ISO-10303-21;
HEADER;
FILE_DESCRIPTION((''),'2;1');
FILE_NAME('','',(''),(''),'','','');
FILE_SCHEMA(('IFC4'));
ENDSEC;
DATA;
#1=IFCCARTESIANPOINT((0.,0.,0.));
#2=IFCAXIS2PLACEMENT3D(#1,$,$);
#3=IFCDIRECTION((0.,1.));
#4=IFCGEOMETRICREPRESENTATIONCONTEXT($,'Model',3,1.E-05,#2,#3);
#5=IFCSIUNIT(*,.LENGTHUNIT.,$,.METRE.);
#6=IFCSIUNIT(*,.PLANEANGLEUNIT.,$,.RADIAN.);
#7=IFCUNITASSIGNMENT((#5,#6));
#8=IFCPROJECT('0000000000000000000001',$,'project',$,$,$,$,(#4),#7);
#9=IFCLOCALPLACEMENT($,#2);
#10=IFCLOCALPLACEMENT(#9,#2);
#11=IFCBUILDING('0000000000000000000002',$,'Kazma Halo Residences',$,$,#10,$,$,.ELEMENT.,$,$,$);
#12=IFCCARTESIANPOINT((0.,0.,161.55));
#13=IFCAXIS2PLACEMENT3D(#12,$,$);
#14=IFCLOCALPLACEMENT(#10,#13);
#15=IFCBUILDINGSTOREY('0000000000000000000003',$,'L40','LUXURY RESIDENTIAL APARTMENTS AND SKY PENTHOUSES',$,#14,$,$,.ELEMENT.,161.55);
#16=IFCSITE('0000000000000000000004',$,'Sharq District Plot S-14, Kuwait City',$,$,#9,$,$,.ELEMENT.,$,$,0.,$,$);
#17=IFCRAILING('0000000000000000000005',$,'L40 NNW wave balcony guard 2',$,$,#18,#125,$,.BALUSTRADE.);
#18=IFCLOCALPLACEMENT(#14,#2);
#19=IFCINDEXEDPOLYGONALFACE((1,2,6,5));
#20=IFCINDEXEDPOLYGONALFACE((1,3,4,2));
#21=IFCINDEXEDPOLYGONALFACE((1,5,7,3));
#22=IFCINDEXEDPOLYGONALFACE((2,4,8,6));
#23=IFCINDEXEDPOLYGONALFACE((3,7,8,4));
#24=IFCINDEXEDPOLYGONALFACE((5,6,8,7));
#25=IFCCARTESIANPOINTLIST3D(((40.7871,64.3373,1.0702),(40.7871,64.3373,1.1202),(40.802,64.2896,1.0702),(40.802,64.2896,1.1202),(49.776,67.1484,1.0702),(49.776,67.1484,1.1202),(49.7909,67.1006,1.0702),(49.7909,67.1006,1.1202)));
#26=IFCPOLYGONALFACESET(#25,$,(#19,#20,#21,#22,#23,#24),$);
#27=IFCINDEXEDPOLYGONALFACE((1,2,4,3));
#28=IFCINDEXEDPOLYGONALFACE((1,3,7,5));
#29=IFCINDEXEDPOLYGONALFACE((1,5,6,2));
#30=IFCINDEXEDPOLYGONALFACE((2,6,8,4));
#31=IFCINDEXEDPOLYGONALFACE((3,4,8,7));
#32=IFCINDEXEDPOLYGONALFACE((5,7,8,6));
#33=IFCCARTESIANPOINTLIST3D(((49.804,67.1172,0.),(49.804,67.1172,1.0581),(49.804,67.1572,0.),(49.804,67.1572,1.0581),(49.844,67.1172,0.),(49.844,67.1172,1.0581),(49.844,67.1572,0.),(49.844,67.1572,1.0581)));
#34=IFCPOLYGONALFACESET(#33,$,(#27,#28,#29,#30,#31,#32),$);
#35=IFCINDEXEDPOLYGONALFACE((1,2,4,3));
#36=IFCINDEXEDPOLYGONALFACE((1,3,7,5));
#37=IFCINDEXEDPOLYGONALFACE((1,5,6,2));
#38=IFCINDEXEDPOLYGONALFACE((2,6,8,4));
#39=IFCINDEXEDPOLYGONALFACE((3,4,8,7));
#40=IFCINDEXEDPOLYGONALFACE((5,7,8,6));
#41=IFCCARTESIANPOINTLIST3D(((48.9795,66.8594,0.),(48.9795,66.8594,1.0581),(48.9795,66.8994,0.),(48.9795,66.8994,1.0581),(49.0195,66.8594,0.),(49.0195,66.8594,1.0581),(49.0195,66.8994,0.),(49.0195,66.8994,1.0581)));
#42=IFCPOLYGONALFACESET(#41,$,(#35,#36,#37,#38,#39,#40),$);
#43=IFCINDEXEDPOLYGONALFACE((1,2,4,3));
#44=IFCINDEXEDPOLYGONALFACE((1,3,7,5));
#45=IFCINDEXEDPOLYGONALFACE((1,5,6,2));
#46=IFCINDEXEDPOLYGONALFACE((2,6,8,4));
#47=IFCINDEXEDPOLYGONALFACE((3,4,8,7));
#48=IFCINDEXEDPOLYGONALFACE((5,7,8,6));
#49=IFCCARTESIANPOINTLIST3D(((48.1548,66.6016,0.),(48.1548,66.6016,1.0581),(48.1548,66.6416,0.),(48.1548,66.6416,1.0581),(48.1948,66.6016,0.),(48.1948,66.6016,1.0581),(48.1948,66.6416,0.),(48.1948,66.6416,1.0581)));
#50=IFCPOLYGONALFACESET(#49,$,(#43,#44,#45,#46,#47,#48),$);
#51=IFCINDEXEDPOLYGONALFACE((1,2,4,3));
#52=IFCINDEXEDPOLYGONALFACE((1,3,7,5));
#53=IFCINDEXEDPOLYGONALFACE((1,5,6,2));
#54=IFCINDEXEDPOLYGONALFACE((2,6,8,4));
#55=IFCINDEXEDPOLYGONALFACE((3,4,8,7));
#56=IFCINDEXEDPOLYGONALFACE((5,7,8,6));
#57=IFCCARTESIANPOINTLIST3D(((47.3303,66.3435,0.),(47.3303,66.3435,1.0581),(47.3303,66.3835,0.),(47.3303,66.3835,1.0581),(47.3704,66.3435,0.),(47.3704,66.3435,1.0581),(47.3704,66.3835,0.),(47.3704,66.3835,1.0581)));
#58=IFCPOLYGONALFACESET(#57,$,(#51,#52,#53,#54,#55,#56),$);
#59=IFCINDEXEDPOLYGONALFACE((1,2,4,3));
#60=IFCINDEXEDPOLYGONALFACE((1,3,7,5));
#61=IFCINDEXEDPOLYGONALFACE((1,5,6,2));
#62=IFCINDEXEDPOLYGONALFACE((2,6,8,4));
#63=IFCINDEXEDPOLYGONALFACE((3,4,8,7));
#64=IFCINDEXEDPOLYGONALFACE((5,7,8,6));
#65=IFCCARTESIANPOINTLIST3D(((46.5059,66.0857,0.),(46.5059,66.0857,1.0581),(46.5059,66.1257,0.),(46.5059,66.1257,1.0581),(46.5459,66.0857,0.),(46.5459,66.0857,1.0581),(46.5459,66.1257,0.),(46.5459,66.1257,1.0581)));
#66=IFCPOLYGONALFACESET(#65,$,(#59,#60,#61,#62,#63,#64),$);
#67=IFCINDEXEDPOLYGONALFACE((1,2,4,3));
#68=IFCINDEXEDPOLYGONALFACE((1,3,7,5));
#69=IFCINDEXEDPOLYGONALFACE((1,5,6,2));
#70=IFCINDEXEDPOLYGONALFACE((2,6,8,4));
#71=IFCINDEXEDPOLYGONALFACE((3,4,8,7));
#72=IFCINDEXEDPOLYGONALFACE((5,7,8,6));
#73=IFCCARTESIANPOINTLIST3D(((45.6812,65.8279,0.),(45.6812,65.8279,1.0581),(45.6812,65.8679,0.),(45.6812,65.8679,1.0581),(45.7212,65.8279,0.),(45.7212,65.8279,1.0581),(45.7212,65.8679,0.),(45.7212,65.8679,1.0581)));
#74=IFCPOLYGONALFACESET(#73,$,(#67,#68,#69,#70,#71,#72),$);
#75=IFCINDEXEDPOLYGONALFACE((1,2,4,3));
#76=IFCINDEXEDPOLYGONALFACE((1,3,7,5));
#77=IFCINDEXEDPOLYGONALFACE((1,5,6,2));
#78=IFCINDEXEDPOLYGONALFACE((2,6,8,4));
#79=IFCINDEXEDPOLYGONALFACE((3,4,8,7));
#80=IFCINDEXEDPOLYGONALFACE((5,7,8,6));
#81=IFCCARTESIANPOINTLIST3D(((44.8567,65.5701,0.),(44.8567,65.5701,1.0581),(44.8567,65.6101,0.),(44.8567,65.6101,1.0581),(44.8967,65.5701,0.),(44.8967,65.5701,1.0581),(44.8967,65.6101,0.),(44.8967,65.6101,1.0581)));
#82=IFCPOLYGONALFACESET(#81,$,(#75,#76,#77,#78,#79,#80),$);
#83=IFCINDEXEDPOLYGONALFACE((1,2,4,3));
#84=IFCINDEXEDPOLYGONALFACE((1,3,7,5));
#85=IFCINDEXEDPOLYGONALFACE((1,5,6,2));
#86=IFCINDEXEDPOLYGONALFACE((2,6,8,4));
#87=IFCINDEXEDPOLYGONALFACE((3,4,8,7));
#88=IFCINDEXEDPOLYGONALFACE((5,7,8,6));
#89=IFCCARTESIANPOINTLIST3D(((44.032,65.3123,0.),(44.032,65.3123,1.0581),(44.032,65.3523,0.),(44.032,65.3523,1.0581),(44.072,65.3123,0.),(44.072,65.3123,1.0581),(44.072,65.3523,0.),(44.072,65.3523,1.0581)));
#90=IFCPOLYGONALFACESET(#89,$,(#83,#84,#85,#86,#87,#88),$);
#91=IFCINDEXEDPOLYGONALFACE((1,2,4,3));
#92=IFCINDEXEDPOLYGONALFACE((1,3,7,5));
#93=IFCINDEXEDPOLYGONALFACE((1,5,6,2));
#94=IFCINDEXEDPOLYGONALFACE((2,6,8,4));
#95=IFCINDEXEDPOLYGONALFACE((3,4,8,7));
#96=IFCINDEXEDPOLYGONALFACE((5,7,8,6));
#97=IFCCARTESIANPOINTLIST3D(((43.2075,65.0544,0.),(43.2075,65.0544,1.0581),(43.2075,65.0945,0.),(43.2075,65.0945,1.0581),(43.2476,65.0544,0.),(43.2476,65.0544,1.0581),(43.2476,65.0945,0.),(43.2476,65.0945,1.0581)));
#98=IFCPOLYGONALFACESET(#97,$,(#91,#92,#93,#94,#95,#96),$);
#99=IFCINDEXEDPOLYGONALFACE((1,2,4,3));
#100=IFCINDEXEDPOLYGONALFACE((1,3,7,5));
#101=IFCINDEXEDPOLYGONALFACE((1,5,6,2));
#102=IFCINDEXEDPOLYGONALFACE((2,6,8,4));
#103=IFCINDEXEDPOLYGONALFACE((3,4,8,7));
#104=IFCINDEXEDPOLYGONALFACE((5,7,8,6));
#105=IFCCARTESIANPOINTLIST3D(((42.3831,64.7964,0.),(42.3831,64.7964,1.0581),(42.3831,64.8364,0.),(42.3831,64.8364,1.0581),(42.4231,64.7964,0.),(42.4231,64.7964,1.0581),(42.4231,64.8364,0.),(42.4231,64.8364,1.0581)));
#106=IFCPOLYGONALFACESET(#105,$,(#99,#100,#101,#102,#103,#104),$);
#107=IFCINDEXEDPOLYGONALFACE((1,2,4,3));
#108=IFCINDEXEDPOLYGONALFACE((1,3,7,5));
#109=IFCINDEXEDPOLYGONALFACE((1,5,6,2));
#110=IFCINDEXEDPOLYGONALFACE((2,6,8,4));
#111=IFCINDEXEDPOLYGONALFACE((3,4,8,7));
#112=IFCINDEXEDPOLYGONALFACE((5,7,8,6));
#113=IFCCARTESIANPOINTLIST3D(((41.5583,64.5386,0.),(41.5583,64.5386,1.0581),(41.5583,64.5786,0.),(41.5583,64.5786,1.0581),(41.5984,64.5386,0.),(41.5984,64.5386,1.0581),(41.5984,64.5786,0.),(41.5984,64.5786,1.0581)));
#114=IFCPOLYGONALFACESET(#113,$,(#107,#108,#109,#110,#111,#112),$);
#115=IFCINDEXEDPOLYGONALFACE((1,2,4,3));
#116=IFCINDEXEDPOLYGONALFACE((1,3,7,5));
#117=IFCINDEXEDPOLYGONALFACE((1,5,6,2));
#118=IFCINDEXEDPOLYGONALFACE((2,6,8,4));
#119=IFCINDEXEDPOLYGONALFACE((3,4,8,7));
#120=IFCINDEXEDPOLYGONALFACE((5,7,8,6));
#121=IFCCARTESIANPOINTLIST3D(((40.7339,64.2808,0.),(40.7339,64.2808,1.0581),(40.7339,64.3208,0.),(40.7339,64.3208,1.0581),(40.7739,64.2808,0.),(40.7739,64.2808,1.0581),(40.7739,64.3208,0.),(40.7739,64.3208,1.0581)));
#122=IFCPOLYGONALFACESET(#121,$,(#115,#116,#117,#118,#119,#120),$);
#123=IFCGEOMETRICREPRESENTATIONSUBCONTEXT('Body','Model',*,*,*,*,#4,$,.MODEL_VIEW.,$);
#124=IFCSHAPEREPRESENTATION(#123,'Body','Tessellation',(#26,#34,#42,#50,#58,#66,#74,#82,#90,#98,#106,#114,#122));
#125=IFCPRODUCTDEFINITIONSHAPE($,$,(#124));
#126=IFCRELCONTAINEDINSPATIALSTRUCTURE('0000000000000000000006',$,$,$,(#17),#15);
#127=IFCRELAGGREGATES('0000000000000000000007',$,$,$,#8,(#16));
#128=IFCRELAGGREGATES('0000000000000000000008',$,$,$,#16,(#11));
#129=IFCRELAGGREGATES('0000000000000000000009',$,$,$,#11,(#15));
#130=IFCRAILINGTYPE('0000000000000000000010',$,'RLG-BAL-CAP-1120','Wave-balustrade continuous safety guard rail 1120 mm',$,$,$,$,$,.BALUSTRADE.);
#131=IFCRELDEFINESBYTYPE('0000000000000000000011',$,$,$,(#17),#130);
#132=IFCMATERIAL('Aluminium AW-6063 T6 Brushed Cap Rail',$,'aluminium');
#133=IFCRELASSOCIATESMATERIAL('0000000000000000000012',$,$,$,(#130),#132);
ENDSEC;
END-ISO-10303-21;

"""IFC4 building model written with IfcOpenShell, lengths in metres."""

from ifc_helpers import new_model, si_unit, direction, frame, origin, origin_2d, place, context, subcontext, project, spatial, rectangle, extrude, material, type_object, element, save


model = new_model("IFC4")

# Units and contexts
model_context = context("Model", 3, precision=1e-05, world=origin(), true_north=direction((0.0, 1.0)))
body_context = subcontext(model_context, "Body", "Model", "MODEL_VIEW")
ifc_project = project(units=[si_unit("LENGTHUNIT", "METRE"), si_unit("PLANEANGLEUNIT", "RADIAN")], contexts=[model_context])

# Site, building, storey
site_placement = place(None, origin())
site = spatial("IfcSite", under=ifc_project, at=site_placement, Name="Sharq District Plot S-14, Kuwait City", CompositionType="ELEMENT", RefElevation=0.0)
building_placement = place(site_placement, origin())
building = spatial("IfcBuilding", under=site, at=building_placement, Name="Kazma Halo Residences", CompositionType="ELEMENT")
storey_placement = place(building_placement, frame((0.0, 0.0, 161.55)))
storey = spatial("IfcBuildingStorey", under=building, at=storey_placement, Name="L40", Description="LUXURY RESIDENTIAL APARTMENTS AND SKY PENTHOUSES", CompositionType="ELEMENT", Elevation=161.55)

# Railing
ifc_material_1 = material(Name="Aluminium AW-6063 T6 Brushed Cap Rail", Category="aluminium")
railing_type = type_object("IfcRailingType", Name="RLG-BAL-CAP-1120", Description="Wave-balustrade continuous safety guard rail 1120 mm", PredefinedType="BALUSTRADE", material=ifc_material_1)
railing_1_placement = place(storey_placement, frame((49.824, 67.1372, 0.0)))
element("IfcRailing", 1, at=railing_1_placement, inside=storey, type_object=railing_type, Name="L40 NNW wave balcony guard 2", PredefinedType="BALUSTRADE", context=body_context, shape_type="SweptSolid", body=[
    extrude(rectangle(XDim=0.05, YDim=0.05, at=origin_2d()), frame((-0.0405, -0.0127, 1.0952), z_axis=(-0.954419, -0.29847, 0.0), x_axis=(0.29847, -0.954419, 0.0)), (0.0, 0.0, 1.0), 9.4182),
    extrude(rectangle(XDim=0.04, YDim=0.04, at=origin_2d()), origin(), (0.0, 0.0, 1.0), 1.0581),
    extrude(rectangle(XDim=0.04, YDim=0.04, at=origin_2d()), frame((-0.8245, -0.2578, 0.0)), (0.0, 0.0, 1.0), 1.0581),
    extrude(rectangle(XDim=0.04, YDim=0.04, at=origin_2d()), frame((-1.6492, -0.5156, 0.0)), (0.0, 0.0, 1.0), 1.0581),
    extrude(rectangle(XDim=0.04, YDim=0.04, at=origin_2d()), frame((-2.4736, -0.7737, 0.0)), (0.0, 0.0, 1.0), 1.0581),
    extrude(rectangle(XDim=0.04, YDim=0.04, at=origin_2d()), frame((-3.2981, -1.0315, 0.0)), (0.0, 0.0, 1.0), 1.0581),
    extrude(rectangle(XDim=0.04, YDim=0.04, at=origin_2d()), frame((-4.1228, -1.2893, 0.0)), (0.0, 0.0, 1.0), 1.0581),
    extrude(rectangle(XDim=0.04, YDim=0.04, at=origin_2d()), frame((-4.9473, -1.5471, 0.0)), (0.0, 0.0, 1.0), 1.0581),
    extrude(rectangle(XDim=0.04, YDim=0.04, at=origin_2d()), frame((-5.772, -1.8049, 0.0)), (0.0, 0.0, 1.0), 1.0581),
    extrude(rectangle(XDim=0.04, YDim=0.04, at=origin_2d()), frame((-6.5964, -2.0627, 0.0)), (0.0, 0.0, 1.0), 1.0581),
    extrude(rectangle(XDim=0.04, YDim=0.04, at=origin_2d()), frame((-7.4209, -2.3208, 0.0)), (0.0, 0.0, 1.0), 1.0581),
    extrude(rectangle(XDim=0.04, YDim=0.04, at=origin_2d()), frame((-8.2456, -2.5786, 0.0)), (0.0, 0.0, 1.0), 1.0581),
    extrude(rectangle(XDim=0.04, YDim=0.04, at=origin_2d()), frame((-9.0701, -2.8364, 0.0)), (0.0, 0.0, 1.0), 1.0581),
])

save(model, "model.ifc")
